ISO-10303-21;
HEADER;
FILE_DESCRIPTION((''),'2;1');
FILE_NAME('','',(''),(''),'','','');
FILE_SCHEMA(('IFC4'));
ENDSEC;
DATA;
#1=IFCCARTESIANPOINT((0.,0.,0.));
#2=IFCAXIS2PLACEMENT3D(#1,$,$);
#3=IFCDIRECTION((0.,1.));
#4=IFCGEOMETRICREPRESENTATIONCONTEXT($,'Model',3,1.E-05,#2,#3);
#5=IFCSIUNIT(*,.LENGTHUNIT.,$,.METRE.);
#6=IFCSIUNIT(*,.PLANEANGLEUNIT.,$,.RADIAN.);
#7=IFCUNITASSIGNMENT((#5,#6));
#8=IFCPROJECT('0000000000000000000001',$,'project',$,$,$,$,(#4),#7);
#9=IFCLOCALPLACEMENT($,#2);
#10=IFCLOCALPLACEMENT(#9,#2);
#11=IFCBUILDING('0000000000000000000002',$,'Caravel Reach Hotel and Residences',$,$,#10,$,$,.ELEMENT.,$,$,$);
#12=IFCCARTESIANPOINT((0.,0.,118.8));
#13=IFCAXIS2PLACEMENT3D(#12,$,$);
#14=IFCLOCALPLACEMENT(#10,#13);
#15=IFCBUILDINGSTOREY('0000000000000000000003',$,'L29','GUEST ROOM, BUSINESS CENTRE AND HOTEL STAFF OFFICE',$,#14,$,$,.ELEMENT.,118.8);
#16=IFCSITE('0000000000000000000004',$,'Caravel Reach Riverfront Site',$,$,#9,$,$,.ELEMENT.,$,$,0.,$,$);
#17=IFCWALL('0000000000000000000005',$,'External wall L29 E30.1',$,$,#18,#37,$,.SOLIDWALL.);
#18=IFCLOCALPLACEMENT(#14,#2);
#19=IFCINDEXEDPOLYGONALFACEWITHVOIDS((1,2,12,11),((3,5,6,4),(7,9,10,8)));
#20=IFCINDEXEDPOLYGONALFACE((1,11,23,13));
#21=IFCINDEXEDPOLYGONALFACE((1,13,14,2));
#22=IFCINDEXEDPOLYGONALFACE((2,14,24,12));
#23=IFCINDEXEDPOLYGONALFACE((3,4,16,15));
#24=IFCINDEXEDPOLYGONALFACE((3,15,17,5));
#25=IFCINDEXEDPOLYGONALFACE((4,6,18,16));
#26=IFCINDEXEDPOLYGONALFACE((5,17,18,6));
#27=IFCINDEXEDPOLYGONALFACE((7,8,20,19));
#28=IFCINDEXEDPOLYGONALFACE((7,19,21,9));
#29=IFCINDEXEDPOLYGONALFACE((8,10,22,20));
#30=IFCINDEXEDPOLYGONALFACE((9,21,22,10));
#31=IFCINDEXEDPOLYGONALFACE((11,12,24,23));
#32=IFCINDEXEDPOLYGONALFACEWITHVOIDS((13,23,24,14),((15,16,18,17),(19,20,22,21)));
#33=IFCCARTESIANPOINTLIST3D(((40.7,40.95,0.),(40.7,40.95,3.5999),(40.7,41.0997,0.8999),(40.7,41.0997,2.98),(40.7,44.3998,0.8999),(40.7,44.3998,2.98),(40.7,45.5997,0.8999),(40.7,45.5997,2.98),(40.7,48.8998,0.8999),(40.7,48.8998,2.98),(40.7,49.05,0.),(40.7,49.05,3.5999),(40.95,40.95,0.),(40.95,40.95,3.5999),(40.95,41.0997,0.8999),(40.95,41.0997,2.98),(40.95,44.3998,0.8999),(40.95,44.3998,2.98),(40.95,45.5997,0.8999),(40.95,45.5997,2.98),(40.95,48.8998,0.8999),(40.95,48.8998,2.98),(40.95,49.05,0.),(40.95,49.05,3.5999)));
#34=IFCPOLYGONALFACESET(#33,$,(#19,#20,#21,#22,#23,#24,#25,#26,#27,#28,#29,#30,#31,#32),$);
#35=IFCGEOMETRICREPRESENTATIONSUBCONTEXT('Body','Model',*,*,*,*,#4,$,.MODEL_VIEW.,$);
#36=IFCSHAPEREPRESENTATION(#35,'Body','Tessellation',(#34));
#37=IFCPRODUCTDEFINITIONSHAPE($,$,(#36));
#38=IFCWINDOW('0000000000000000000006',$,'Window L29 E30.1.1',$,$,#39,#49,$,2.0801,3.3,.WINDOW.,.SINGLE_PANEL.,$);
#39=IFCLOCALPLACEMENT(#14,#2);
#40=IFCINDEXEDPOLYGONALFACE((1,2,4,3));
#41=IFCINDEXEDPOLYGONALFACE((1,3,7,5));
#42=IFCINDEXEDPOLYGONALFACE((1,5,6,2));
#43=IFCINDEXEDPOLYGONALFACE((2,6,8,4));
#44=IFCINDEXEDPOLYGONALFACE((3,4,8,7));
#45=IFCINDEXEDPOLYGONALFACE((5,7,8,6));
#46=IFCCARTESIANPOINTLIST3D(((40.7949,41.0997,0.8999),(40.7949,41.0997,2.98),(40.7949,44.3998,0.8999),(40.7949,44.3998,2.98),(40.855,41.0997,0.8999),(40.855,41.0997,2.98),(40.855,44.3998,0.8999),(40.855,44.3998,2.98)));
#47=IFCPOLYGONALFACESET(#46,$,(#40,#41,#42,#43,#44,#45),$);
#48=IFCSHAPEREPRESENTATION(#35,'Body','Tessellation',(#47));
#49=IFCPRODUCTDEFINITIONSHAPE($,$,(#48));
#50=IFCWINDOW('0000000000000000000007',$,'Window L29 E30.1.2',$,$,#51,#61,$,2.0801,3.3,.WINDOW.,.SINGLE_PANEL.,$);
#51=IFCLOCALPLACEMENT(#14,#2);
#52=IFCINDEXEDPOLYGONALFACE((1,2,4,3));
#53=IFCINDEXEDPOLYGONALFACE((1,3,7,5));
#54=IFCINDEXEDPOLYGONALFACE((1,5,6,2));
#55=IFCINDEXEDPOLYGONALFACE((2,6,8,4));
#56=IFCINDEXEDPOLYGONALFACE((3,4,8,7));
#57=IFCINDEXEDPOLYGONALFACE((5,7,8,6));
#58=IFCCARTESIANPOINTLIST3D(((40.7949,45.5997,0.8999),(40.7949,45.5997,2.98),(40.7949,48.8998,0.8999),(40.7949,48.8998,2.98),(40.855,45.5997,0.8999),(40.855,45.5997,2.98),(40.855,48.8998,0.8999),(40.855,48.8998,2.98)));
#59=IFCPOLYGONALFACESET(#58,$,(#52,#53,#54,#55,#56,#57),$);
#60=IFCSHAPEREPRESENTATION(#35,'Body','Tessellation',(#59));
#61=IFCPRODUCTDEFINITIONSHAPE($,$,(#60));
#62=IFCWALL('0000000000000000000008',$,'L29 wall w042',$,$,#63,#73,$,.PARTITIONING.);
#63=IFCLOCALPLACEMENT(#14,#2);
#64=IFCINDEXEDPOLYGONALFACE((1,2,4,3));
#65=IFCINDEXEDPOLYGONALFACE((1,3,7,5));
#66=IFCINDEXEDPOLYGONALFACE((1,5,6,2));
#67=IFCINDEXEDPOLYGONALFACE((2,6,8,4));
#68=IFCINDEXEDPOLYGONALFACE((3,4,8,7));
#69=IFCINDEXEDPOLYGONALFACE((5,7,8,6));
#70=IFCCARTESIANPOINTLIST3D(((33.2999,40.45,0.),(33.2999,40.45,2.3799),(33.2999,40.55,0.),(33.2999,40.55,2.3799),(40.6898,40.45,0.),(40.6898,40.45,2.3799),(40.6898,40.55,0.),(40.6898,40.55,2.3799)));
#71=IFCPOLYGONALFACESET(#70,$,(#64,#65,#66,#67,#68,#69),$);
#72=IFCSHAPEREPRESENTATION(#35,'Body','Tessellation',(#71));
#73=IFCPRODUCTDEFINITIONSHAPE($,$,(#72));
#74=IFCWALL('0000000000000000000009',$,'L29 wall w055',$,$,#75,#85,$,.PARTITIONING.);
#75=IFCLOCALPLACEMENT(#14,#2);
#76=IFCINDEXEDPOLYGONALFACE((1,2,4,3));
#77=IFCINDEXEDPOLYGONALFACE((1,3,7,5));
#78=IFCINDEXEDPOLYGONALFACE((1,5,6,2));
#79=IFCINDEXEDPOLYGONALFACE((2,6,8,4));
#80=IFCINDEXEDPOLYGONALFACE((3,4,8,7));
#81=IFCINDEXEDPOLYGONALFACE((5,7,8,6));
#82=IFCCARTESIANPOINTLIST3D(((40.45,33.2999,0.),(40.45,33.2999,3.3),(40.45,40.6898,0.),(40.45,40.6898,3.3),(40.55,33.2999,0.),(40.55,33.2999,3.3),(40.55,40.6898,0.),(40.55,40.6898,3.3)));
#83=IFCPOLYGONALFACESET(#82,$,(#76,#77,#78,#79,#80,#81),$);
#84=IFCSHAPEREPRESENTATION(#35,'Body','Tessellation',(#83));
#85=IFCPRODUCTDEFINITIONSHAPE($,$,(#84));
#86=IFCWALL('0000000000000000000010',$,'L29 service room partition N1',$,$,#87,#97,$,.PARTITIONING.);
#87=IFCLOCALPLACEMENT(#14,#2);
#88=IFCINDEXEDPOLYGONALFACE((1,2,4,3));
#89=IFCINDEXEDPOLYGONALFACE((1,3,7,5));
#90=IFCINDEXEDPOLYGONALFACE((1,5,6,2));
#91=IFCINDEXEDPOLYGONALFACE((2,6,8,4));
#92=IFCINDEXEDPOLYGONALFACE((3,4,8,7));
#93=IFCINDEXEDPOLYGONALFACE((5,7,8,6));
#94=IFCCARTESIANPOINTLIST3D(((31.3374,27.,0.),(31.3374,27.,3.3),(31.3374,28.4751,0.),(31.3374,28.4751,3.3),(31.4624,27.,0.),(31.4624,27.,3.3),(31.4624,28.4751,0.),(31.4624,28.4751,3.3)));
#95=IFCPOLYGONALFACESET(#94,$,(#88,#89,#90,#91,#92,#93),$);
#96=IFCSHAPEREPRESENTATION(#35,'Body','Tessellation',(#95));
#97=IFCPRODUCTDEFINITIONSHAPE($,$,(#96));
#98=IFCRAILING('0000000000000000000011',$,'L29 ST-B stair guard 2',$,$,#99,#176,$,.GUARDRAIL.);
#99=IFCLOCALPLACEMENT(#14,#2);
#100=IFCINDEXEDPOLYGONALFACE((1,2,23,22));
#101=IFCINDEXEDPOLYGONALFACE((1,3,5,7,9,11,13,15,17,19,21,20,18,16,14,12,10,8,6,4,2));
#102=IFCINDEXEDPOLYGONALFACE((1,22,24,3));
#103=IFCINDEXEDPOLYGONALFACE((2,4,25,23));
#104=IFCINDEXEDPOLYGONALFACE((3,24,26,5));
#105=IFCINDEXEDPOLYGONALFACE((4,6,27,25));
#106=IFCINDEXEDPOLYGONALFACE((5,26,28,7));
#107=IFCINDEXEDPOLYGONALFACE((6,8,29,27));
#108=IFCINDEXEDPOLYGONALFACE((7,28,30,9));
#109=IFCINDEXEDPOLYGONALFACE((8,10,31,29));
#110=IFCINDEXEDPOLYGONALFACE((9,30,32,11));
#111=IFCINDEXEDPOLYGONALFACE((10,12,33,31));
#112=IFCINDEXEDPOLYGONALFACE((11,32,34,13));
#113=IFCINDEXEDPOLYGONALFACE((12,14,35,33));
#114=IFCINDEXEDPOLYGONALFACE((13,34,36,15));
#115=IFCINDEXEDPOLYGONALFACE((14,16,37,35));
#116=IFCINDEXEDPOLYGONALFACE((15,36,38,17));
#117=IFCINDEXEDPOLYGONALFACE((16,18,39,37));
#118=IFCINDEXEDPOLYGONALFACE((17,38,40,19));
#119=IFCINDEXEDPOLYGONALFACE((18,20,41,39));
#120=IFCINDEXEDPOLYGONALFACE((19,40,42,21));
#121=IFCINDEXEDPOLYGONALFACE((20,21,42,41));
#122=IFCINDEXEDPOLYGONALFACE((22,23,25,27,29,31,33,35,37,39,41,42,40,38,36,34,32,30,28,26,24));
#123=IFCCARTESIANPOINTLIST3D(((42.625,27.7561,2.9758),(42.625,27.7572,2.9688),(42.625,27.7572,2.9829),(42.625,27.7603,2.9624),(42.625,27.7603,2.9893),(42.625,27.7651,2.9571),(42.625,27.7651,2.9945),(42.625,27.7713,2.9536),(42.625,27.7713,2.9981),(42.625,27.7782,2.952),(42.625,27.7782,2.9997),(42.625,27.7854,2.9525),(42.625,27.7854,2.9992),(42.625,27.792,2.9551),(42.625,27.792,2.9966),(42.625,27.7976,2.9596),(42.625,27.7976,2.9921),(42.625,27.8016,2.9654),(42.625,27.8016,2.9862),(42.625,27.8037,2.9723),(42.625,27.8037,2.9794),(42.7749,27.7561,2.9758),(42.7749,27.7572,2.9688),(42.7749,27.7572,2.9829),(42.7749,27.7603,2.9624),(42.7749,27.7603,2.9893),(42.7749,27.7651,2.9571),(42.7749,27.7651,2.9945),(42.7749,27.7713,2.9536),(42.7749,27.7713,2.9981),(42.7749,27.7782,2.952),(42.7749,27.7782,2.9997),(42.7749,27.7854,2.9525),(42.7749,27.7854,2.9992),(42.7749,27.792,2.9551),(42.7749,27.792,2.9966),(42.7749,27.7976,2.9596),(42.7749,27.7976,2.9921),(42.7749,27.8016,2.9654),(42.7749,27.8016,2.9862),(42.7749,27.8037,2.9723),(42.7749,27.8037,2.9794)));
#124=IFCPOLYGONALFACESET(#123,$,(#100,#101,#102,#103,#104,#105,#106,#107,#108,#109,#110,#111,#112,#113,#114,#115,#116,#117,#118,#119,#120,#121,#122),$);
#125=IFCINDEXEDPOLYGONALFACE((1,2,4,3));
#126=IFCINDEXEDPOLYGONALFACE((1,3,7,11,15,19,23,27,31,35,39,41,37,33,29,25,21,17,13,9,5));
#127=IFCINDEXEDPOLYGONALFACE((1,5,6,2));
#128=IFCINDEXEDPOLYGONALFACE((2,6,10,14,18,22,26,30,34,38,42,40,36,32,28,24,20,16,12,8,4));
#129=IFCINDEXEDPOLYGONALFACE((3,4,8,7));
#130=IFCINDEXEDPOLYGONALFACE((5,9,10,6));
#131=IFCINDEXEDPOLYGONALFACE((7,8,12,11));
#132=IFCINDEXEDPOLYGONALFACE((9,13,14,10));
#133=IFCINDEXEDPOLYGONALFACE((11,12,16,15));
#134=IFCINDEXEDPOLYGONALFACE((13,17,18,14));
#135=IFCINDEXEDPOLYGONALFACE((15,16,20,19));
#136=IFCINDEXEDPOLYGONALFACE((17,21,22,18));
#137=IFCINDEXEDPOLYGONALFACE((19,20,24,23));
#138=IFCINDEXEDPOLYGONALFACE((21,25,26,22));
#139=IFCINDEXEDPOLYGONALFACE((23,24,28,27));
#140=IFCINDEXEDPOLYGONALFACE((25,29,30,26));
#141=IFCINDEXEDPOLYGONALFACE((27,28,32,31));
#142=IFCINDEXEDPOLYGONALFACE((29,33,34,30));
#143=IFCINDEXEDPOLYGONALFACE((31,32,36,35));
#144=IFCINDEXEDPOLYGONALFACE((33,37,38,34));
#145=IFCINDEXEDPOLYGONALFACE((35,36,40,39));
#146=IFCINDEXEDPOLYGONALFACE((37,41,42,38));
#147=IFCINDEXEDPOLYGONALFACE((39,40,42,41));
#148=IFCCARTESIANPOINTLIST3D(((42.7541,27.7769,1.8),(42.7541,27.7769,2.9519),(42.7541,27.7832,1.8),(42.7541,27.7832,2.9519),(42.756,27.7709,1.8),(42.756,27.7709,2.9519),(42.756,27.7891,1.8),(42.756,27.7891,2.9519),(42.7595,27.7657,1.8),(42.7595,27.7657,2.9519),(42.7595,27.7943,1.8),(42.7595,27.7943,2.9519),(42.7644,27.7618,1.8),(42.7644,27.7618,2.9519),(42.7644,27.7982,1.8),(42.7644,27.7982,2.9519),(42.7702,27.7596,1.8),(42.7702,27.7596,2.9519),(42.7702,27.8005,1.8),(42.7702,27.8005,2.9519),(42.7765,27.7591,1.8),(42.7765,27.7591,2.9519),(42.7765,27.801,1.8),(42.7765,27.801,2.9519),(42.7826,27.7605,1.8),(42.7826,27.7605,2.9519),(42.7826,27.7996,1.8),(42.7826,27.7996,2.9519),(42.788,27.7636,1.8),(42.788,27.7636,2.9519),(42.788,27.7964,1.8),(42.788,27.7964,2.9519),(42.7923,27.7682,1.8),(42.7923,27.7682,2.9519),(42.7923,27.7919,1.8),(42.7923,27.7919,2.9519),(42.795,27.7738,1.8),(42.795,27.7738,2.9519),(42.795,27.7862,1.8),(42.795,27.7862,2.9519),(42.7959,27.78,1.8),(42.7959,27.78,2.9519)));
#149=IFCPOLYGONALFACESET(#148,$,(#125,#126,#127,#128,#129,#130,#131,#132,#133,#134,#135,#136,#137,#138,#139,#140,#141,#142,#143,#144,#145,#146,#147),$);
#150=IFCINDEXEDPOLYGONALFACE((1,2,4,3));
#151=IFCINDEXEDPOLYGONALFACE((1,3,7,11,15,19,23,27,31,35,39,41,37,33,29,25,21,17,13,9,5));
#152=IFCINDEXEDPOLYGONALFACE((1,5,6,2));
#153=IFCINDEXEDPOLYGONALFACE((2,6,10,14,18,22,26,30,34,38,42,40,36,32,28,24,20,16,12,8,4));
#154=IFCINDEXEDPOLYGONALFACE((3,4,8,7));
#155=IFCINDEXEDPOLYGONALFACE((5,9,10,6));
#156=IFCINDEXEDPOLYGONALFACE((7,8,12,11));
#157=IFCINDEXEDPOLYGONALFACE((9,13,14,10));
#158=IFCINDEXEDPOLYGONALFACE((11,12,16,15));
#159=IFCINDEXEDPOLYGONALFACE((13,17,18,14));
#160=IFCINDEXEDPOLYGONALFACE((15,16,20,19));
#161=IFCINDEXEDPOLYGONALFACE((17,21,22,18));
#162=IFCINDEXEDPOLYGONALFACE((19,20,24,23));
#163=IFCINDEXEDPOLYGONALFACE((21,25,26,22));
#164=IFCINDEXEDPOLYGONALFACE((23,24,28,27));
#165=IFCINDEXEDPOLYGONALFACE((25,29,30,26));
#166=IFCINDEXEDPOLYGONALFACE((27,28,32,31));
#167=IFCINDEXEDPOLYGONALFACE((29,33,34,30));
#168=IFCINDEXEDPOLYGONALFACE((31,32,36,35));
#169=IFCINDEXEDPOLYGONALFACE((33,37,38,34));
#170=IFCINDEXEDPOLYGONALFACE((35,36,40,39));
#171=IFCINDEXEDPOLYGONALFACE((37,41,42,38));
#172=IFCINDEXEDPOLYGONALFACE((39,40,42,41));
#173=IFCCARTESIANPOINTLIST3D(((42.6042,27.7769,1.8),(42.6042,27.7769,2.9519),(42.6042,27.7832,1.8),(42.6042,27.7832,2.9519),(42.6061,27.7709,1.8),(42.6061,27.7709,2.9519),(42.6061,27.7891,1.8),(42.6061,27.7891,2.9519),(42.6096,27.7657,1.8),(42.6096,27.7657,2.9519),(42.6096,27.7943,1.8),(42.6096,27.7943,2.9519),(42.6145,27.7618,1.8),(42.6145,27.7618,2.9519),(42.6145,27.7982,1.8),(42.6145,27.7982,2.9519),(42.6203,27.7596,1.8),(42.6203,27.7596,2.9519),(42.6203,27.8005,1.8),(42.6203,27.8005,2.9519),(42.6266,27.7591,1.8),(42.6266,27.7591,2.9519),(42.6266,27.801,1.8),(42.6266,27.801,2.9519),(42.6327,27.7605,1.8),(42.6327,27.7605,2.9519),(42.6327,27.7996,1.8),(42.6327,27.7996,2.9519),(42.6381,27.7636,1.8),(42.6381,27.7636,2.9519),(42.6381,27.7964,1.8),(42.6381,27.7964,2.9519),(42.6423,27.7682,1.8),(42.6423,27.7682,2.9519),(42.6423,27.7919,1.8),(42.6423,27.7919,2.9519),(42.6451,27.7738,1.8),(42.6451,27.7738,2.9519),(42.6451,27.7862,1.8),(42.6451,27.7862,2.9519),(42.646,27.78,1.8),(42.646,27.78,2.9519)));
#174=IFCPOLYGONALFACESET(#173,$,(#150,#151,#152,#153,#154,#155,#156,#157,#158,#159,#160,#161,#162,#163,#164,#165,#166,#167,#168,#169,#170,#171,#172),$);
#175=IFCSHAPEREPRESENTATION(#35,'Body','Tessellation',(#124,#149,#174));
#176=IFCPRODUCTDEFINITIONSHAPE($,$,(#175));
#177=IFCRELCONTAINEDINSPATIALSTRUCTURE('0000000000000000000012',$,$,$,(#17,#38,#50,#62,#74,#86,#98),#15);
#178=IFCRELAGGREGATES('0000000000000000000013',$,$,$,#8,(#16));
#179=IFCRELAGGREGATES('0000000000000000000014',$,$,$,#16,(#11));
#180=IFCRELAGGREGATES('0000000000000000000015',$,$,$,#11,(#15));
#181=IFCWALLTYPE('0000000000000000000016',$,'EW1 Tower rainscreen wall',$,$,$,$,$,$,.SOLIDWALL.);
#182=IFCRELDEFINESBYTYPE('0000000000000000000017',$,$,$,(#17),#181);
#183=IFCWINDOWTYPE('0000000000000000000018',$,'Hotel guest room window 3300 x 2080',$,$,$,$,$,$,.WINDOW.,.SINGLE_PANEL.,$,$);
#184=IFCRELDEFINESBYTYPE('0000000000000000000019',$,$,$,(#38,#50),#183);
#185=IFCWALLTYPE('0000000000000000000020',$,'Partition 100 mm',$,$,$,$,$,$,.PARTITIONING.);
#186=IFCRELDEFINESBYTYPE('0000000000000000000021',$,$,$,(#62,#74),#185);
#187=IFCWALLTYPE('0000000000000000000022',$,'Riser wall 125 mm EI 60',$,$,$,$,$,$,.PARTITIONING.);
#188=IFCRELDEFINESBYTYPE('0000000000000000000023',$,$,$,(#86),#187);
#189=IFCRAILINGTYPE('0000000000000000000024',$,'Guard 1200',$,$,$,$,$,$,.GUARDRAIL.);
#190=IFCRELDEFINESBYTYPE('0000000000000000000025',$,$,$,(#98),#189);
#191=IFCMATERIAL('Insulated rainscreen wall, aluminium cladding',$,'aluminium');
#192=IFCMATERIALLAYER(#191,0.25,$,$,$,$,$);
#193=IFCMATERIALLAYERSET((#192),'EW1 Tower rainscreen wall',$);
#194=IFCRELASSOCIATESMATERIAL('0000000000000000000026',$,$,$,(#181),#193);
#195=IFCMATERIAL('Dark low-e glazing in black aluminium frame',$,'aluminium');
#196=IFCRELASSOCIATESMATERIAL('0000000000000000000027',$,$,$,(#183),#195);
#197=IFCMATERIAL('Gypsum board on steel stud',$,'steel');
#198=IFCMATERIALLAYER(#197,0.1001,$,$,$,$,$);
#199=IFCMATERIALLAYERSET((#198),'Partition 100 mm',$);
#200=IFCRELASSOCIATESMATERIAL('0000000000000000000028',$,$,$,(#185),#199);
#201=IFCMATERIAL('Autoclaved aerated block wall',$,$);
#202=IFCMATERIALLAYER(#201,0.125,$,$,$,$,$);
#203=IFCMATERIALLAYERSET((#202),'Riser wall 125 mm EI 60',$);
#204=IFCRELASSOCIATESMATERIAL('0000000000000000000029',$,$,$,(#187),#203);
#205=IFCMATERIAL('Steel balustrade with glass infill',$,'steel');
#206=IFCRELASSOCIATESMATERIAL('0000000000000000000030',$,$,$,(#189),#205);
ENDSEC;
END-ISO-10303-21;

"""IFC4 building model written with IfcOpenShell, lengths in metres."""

from ifc_helpers import new_model, si_unit, direction, frame, frame_2d, origin, origin_2d, place, context, subcontext, project, spatial, rectangle, circle, extrude, material, layer, layer_set, type_object, element, fill, save


model = new_model("IFC4")

# Units and contexts
model_context = context("Model", 3, precision=1e-05, world=origin(), true_north=direction((0.0, 1.0)))
body_context = subcontext(model_context, "Body", "Model", "MODEL_VIEW")
ifc_project = project(units=[si_unit("LENGTHUNIT", "METRE"), si_unit("PLANEANGLEUNIT", "RADIAN")], contexts=[model_context])

# Site, building, storey
site_placement = place(None, origin())
site = spatial("IfcSite", under=ifc_project, at=site_placement, Name="Caravel Reach Riverfront Site", CompositionType="ELEMENT", RefElevation=0.0)
building_placement = place(site_placement, origin())
building = spatial("IfcBuilding", under=site, at=building_placement, Name="Caravel Reach Hotel and Residences", CompositionType="ELEMENT")
storey_placement = place(building_placement, frame((0.0, 0.0, 118.8)))
storey = spatial("IfcBuildingStorey", under=building, at=storey_placement, Name="L29", Description="GUEST ROOM, BUSINESS CENTRE AND HOTEL STAFF OFFICE", CompositionType="ELEMENT", Elevation=118.8)

# Wall, openings, windows
ifc_material_1 = material(Name="Insulated rainscreen wall, aluminium cladding", Category="aluminium")
ifc_layer_1 = layer(ifc_material_1, 0.25)
ifc_layer_set_1 = layer_set([ifc_layer_1], Name="EW1 Tower rainscreen wall")
wall_type_1 = type_object("IfcWallType", Name="EW1 Tower rainscreen wall", PredefinedType="SOLIDWALL", material=ifc_layer_set_1)
wall_1_placement = place(storey_placement, frame((40.825, 40.95, 0.0), z_axis=(0.0, 0.0, 1.0), x_axis=(0.0, 1.0, 0.0)))
wall_1 = element("IfcWall", 1, at=wall_1_placement, inside=storey, type_object=wall_type_1, Name="External wall L29 E30.1", PredefinedType="SOLIDWALL", context=body_context, shape_type="SweptSolid", body=[
    extrude(rectangle(XDim=8.1001, YDim=0.25, at=frame_2d((4.05, 0.0))), origin(), (0.0, 0.0, 1.0), 3.5999),
])
opening_1_placement = place(wall_1_placement, frame((0.1499, 0.0, 0.8999)))
opening_1 = element("IfcOpeningElement", 2, at=opening_1_placement, cuts=wall_1, PredefinedType="OPENING", context=body_context, shape_type="SweptSolid", body=[
    extrude(rectangle(XDim=3.3, YDim=2.0801, at=frame_2d((1.6499, 1.04))), frame((0.0, 0.135, 0.0), z_axis=(0.0, -1.0, 0.0), x_axis=(1.0, 0.0, 0.0)), (0.0, 0.0, 1.0), 0.27),
])
opening_2_placement = place(wall_1_placement, frame((4.6499, 0.0, 0.8999)))
opening_2 = element("IfcOpeningElement", 3, at=opening_2_placement, cuts=wall_1, PredefinedType="OPENING", context=body_context, shape_type="SweptSolid", body=[
    extrude(rectangle(XDim=3.3, YDim=2.0801, at=frame_2d((1.6499, 1.04))), frame((0.0, 0.135, 0.0), z_axis=(0.0, -1.0, 0.0), x_axis=(1.0, 0.0, 0.0)), (0.0, 0.0, 1.0), 0.27),
])
ifc_material_2 = material(Name="Dark low-e glazing in black aluminium frame", Category="aluminium")
window_type = type_object("IfcWindowType", Name="Hotel guest room window 3300 x 2080", PartitioningType="SINGLE_PANEL", PredefinedType="WINDOW", material=ifc_material_2)
window_1_placement = place(opening_1_placement, origin())
window_1 = element("IfcWindow", 4, at=window_1_placement, inside=storey, type_object=window_type, Name="Window L29 E30.1.1", OverallHeight=2.0801, OverallWidth=3.3, PartitioningType="SINGLE_PANEL", PredefinedType="WINDOW", context=body_context, shape_type="SweptSolid", body=[
    extrude(rectangle(XDim=3.3, YDim=2.0801, at=frame_2d((1.6499, 1.04))), frame((0.0, 0.03, 0.0), z_axis=(0.0, -1.0, 0.0), x_axis=(1.0, 0.0, 0.0)), (0.0, 0.0, 1.0), 0.0601),
])
fill(opening_1, window_1)
window_2_placement = place(opening_2_placement, origin())
window_2 = element("IfcWindow", 5, at=window_2_placement, inside=storey, type_object=window_type, Name="Window L29 E30.1.2", OverallHeight=2.0801, OverallWidth=3.3, PartitioningType="SINGLE_PANEL", PredefinedType="WINDOW", context=body_context, shape_type="SweptSolid", body=[
    extrude(rectangle(XDim=3.3, YDim=2.0801, at=frame_2d((1.6499, 1.04))), frame((0.0, 0.03, 0.0), z_axis=(0.0, -1.0, 0.0), x_axis=(1.0, 0.0, 0.0)), (0.0, 0.0, 1.0), 0.0601),
])
fill(opening_2, window_2)

# Walls
ifc_material_3 = material(Name="Gypsum board on steel stud", Category="steel")
ifc_layer_2 = layer(ifc_material_3, 0.1001)
ifc_layer_set_2 = layer_set([ifc_layer_2], Name="Partition 100 mm")
wall_type_2 = type_object("IfcWallType", Name="Partition 100 mm", PredefinedType="PARTITIONING", material=ifc_layer_set_2)
wall_2_placement = place(storey_placement, frame((33.3, 40.5, 0.0), z_axis=(0.0, 0.0, 1.0), x_axis=(1.0, 0.0, 0.0)))
element("IfcWall", 6, at=wall_2_placement, inside=storey, type_object=wall_type_2, Name="L29 wall w042", PredefinedType="PARTITIONING", context=body_context, shape_type="SweptSolid", body=[
    extrude(rectangle(XDim=7.3899, YDim=0.1001, at=frame_2d((3.6948, 0.0))), origin(), (0.0, 0.0, 1.0), 2.3799),
])
wall_3_placement = place(storey_placement, frame((40.5, 33.3, 0.0), z_axis=(0.0, 0.0, 1.0), x_axis=(0.0, 1.0, 0.0)))
element("IfcWall", 7, at=wall_3_placement, inside=storey, type_object=wall_type_2, Name="L29 wall w055", PredefinedType="PARTITIONING", context=body_context, shape_type="SweptSolid", body=[
    extrude(rectangle(XDim=7.3899, YDim=0.1001, at=frame_2d((3.6948, 0.0))), origin(), (0.0, 0.0, 1.0), 3.3),
])
ifc_material_4 = material(Name="Autoclaved aerated block wall")
ifc_layer_3 = layer(ifc_material_4, 0.125)
ifc_layer_set_3 = layer_set([ifc_layer_3], Name="Riser wall 125 mm EI 60")
wall_type_3 = type_object("IfcWallType", Name="Riser wall 125 mm EI 60", PredefinedType="PARTITIONING", material=ifc_layer_set_3)
wall_4_placement = place(storey_placement, frame((31.3999, 28.4751, 0.0), z_axis=(0.0, 0.0, 1.0), x_axis=(0.0, -1.0, 0.0)))
element("IfcWall", 8, at=wall_4_placement, inside=storey, type_object=wall_type_3, Name="L29 service room partition N1", PredefinedType="PARTITIONING", context=body_context, shape_type="SweptSolid", body=[
    extrude(rectangle(XDim=1.4751, YDim=0.125, at=frame_2d((0.7375, 0.0))), origin(), (0.0, 0.0, 1.0), 3.3),
])

# Railing
ifc_material_5 = material(Name="Steel balustrade with glass infill", Category="steel")
railing_type_1 = type_object("IfcRailingType", Name="Guard 1200", PredefinedType="GUARDRAIL", material=ifc_material_5)
railing_1_placement = place(storey_placement, frame((42.7749, 27.78, 1.8)))
element("IfcRailing", 9, at=railing_1_placement, inside=storey, type_object=railing_type_1, Name="L29 ST-B stair guard 2", PredefinedType="GUARDRAIL", context=body_context, shape_type="SweptSolid", body=[
    extrude(circle(Radius=0.0239, at=origin_2d()), frame((0.0, 0.0, 1.1758), z_axis=(-1.0, 0.0, 0.0), x_axis=(0.0, -1.0, 0.0)), (0.0, 0.0, 1.0), 0.1499),
    extrude(circle(Radius=0.021, at=origin_2d()), origin(), (0.0, 0.0, 1.0), 1.1519),
    extrude(circle(Radius=0.021, at=origin_2d()), frame((-0.1499, 0.0, 0.0)), (0.0, 0.0, 1.0), 1.1519),
])

save(model, "model.ifc")
